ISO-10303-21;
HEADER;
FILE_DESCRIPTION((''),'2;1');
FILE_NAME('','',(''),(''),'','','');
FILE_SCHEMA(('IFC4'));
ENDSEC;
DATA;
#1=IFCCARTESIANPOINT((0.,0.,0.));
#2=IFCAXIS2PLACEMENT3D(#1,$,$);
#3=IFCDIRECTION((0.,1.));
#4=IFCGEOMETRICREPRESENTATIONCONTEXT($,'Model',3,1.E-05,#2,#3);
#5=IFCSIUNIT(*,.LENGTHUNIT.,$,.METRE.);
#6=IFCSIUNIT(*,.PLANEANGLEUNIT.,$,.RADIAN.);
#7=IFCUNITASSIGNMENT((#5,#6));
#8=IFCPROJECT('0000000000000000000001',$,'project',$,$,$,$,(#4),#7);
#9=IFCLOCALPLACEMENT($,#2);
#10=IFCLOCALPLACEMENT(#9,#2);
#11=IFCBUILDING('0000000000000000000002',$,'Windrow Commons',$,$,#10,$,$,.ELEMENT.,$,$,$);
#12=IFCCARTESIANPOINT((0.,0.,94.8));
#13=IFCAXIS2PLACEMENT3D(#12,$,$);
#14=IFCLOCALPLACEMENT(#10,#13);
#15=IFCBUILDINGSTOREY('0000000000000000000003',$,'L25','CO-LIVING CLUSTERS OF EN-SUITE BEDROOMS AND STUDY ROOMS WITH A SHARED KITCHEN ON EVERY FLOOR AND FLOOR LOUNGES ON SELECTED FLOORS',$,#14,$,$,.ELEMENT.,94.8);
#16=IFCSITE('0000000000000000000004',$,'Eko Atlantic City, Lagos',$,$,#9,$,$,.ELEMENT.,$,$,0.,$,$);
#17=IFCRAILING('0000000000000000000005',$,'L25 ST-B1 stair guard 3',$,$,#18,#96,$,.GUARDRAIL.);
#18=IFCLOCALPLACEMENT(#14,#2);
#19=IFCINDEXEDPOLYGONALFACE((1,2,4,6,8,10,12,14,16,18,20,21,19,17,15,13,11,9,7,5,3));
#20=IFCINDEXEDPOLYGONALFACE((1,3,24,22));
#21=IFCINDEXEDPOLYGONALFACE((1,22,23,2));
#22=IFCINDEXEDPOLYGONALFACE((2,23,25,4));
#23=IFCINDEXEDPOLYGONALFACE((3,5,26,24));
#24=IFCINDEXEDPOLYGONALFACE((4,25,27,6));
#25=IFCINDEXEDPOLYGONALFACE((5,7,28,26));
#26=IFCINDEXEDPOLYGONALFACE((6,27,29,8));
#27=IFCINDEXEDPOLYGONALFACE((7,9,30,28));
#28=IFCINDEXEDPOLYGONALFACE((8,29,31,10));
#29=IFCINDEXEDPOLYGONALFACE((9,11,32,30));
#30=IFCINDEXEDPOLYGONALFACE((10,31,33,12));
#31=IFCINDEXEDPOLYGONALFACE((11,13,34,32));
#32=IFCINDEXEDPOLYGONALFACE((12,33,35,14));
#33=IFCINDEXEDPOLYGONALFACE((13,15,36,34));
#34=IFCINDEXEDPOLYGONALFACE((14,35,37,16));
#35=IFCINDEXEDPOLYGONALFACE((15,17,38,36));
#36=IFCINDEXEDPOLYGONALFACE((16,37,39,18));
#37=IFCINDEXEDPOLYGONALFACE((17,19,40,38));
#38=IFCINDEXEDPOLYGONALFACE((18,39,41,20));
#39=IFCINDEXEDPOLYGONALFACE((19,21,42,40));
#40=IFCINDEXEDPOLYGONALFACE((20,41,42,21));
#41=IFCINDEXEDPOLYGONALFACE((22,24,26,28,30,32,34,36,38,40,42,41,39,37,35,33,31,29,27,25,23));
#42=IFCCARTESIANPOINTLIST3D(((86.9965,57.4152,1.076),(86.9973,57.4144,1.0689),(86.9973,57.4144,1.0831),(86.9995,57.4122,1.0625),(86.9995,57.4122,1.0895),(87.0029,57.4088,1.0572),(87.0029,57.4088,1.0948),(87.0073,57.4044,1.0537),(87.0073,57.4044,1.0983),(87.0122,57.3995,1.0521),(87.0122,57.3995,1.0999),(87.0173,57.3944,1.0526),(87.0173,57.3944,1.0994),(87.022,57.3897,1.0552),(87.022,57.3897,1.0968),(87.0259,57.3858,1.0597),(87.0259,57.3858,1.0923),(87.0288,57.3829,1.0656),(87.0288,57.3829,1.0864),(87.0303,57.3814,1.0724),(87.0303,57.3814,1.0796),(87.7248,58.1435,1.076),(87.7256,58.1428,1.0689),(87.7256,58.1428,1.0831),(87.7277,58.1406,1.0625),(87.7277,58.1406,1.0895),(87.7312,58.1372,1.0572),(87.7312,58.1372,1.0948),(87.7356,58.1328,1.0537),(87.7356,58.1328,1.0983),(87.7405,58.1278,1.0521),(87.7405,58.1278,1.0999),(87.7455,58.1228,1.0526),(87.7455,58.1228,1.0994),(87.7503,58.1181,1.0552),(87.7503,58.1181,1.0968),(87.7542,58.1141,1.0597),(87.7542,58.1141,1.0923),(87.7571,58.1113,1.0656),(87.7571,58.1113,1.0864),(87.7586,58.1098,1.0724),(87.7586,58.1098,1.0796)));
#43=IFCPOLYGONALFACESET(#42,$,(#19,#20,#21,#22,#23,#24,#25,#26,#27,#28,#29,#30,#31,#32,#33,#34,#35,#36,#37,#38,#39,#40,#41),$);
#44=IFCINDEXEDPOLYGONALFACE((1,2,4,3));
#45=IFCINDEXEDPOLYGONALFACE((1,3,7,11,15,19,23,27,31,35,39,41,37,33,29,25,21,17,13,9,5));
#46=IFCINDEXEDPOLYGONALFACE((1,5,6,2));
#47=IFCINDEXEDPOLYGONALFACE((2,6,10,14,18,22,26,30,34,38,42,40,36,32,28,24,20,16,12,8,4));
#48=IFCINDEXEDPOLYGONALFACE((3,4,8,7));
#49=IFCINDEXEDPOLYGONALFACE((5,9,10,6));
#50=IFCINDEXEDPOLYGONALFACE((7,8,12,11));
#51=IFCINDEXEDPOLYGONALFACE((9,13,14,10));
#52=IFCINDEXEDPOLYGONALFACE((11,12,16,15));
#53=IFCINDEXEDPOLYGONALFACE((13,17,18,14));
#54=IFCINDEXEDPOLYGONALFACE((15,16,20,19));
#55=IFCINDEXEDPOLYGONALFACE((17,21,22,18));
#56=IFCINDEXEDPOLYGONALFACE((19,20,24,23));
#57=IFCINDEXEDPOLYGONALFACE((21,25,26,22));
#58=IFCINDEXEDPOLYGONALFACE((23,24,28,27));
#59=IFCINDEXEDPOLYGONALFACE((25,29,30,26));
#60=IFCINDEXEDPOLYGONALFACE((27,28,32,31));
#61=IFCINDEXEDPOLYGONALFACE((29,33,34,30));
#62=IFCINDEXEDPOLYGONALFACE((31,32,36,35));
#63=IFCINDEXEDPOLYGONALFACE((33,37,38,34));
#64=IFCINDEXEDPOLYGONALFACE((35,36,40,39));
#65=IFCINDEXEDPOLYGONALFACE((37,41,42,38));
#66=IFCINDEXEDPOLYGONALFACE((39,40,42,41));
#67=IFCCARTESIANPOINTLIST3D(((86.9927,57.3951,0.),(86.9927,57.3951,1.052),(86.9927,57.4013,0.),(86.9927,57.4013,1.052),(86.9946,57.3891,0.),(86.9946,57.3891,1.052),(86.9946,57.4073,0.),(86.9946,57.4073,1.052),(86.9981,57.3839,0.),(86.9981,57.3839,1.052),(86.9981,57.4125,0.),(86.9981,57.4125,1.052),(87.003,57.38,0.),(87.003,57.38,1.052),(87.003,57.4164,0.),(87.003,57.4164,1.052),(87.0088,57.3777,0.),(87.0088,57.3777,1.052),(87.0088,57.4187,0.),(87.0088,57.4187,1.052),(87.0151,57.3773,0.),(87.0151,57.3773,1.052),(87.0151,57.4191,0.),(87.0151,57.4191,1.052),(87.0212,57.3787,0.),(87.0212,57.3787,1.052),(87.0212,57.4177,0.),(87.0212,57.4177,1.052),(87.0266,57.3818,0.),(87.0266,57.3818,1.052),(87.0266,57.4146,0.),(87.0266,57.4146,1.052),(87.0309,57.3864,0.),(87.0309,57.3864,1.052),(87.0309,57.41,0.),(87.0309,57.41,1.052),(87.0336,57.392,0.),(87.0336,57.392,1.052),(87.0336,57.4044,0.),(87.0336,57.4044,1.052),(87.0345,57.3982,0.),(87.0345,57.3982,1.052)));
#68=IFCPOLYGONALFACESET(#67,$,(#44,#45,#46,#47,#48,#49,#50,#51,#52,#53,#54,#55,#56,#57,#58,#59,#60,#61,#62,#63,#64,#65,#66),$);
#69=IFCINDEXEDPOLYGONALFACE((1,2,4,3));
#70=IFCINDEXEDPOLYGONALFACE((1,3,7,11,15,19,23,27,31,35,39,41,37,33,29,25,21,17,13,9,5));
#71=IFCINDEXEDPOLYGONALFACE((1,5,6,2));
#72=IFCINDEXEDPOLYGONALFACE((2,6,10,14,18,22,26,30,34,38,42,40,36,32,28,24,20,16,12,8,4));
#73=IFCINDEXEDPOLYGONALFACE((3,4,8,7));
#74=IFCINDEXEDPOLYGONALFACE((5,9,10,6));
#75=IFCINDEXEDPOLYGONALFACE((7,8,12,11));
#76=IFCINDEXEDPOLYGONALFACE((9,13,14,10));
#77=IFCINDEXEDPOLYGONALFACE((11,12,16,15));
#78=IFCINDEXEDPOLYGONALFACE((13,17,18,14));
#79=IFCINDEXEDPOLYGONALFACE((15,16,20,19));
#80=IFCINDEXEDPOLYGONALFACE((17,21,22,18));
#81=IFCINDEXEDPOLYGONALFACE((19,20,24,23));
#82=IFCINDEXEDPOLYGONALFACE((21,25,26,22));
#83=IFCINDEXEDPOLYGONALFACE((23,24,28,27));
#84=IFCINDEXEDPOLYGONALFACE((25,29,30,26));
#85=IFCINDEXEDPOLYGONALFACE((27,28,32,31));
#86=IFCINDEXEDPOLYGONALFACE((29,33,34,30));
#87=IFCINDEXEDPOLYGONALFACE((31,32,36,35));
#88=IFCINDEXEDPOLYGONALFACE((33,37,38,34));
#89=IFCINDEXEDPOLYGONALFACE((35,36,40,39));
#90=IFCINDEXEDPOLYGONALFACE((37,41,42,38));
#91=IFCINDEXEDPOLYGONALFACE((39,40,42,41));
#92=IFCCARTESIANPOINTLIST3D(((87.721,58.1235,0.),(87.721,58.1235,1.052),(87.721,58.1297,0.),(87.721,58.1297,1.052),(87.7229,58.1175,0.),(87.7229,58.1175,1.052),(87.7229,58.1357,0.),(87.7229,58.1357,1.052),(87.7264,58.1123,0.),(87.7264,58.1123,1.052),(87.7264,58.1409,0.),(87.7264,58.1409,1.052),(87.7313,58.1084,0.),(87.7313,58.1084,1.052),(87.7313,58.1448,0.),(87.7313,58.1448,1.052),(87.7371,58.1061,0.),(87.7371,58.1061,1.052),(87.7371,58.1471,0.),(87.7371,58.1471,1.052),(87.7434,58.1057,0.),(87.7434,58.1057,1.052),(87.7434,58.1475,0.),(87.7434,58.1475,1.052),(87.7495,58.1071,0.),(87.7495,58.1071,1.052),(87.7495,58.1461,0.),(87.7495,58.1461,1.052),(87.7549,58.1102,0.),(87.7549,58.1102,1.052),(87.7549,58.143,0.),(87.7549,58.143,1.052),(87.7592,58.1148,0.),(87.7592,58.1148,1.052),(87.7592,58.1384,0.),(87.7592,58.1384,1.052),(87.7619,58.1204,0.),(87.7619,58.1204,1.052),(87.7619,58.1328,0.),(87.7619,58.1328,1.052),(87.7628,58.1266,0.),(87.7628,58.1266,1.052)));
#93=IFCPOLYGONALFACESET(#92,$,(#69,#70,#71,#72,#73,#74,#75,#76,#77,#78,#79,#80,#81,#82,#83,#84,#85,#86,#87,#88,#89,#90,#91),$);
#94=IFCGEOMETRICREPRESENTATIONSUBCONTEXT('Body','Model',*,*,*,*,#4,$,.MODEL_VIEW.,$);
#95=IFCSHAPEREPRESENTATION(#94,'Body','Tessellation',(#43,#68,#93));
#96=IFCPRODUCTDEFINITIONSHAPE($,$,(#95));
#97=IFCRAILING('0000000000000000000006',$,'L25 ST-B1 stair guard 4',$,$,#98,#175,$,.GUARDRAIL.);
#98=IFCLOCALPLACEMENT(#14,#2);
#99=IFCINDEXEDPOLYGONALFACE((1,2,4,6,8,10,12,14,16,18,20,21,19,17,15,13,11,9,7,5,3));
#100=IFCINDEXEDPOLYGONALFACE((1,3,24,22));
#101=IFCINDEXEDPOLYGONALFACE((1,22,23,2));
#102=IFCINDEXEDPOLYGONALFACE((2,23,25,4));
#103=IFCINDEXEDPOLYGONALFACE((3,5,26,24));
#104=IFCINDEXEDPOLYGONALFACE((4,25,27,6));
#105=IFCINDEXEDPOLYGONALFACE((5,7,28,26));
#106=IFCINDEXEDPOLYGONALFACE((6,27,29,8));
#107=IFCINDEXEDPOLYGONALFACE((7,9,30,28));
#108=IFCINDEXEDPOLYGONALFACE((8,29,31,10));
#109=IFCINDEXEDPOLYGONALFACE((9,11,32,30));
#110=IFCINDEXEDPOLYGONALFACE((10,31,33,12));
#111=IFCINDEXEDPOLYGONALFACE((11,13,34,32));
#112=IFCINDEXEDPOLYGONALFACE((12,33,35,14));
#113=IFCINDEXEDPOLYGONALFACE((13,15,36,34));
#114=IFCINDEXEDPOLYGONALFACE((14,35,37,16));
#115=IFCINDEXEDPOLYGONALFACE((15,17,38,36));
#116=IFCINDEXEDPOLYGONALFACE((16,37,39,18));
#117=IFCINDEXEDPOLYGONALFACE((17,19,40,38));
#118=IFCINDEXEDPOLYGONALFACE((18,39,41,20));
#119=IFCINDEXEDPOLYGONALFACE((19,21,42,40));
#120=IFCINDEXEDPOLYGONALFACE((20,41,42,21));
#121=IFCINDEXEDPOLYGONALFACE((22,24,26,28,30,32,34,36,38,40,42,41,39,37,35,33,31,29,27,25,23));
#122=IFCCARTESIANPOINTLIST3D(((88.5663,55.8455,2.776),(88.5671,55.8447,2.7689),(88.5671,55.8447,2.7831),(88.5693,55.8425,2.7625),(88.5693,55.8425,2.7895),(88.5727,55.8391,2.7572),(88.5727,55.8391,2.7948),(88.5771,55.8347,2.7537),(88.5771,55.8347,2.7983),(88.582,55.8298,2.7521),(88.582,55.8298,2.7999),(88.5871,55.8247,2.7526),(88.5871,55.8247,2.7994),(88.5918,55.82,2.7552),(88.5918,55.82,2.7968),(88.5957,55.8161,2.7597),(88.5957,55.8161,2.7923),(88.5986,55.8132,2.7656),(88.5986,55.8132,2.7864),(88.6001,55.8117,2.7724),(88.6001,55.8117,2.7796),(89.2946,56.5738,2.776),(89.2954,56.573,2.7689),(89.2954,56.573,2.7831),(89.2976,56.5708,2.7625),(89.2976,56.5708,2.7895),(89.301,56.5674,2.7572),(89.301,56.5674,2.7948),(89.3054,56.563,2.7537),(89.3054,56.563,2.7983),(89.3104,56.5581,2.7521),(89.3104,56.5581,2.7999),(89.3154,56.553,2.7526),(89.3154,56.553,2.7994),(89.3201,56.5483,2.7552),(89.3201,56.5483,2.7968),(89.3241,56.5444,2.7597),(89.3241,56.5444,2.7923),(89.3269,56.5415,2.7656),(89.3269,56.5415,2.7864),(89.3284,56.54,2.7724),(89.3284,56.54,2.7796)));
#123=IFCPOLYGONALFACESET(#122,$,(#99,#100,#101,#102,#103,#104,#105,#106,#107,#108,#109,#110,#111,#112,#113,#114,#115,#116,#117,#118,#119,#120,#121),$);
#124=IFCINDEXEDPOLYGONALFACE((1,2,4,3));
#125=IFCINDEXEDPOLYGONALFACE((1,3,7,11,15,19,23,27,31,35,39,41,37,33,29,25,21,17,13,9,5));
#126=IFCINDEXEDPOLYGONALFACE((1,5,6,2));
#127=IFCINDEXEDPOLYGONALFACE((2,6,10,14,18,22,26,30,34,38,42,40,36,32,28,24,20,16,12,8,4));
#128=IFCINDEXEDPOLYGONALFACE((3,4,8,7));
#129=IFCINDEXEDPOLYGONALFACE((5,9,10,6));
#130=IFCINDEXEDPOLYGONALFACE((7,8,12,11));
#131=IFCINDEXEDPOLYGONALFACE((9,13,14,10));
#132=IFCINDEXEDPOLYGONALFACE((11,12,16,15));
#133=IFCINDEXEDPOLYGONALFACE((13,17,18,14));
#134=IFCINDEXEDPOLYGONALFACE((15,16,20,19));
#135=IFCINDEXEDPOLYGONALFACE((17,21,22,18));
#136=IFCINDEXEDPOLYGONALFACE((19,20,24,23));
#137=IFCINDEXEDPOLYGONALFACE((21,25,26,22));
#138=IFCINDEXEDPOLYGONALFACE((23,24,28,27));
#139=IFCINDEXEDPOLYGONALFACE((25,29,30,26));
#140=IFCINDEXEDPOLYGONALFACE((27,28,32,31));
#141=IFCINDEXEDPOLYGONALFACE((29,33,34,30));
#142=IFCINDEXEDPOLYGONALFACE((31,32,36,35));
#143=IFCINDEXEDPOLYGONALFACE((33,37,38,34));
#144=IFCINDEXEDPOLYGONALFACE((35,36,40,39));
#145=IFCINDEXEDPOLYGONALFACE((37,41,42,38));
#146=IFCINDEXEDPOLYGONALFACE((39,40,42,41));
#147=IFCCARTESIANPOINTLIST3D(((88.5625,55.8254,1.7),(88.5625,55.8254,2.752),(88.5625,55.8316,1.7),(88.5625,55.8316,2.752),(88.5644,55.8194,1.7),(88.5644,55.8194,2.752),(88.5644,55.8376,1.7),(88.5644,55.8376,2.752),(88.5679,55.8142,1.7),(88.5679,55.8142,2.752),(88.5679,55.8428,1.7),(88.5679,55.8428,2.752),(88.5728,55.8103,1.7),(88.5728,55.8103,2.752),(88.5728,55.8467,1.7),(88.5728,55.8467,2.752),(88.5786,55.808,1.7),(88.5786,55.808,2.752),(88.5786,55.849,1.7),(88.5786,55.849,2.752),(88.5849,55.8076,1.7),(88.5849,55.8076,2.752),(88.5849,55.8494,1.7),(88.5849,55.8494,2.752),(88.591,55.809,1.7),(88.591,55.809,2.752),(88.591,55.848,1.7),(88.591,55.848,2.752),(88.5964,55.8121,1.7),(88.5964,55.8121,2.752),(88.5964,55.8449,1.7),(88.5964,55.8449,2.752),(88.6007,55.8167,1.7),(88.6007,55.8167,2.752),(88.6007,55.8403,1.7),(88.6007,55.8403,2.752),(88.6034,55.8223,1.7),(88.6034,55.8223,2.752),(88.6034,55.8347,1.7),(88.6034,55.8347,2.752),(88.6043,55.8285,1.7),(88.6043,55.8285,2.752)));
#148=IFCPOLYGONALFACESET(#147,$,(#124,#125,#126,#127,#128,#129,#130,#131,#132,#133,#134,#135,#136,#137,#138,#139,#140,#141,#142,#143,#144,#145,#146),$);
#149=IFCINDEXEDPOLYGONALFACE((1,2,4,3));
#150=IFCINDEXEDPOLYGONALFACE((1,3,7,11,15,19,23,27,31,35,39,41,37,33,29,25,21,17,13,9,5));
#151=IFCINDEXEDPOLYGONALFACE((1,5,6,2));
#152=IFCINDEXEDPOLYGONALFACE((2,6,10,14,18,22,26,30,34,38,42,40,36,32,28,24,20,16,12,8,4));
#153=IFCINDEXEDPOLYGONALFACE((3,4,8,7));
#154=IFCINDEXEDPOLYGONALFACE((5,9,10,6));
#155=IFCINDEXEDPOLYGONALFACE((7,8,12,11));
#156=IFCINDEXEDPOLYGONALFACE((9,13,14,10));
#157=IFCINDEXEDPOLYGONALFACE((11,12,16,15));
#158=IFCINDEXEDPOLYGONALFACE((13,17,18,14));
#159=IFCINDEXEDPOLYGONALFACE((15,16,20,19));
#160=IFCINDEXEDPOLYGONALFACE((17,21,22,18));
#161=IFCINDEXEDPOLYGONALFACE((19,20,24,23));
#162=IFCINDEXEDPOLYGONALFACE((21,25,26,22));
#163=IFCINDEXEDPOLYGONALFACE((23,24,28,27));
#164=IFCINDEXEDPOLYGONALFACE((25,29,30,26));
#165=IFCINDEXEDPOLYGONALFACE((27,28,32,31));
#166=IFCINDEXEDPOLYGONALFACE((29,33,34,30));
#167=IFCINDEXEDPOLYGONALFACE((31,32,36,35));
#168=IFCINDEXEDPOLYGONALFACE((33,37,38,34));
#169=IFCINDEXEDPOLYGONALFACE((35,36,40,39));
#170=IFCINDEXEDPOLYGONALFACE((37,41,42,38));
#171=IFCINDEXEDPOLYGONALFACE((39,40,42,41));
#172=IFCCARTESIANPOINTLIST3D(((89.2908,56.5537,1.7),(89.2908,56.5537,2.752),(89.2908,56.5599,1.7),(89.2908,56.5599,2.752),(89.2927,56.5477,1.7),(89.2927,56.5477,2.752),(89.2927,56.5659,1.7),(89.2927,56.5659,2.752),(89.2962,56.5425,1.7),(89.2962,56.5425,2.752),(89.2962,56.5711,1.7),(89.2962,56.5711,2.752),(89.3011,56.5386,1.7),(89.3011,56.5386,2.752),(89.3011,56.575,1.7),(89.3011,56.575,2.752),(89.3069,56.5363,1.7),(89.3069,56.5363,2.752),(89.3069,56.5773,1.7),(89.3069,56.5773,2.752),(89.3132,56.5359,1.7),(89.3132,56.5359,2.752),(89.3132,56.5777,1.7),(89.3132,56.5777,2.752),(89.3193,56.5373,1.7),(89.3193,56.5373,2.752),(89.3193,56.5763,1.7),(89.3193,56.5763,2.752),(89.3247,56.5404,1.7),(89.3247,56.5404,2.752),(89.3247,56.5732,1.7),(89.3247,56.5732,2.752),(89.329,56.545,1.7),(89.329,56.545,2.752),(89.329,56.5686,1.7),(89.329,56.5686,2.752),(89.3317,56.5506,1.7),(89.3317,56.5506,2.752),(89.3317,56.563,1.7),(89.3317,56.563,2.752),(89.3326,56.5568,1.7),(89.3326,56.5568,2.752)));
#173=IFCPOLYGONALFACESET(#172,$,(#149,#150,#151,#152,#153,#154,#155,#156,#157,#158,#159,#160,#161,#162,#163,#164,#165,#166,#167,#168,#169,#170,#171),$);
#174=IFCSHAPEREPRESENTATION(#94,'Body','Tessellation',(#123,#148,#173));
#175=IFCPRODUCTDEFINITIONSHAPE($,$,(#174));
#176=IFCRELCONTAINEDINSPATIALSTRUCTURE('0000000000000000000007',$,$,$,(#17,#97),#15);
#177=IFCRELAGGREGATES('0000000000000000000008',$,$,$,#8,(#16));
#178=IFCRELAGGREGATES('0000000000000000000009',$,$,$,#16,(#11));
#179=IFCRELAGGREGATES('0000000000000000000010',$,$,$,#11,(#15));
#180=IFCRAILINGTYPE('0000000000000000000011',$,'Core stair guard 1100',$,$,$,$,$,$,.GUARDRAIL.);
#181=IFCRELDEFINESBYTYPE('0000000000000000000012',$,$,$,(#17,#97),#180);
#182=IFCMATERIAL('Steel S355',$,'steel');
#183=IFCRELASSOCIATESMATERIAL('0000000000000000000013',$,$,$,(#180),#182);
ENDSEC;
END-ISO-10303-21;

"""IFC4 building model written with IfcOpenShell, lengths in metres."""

from ifc_helpers import new_model, si_unit, direction, frame, origin, origin_2d, place, context, subcontext, project, spatial, circle, extrude, material, type_object, element, save


model = new_model("IFC4")

# Units and contexts
model_context = context("Model", 3, precision=1e-05, world=origin(), true_north=direction((0.0, 1.0)))
body_context = subcontext(model_context, "Body", "Model", "MODEL_VIEW")
ifc_project = project(units=[si_unit("LENGTHUNIT", "METRE"), si_unit("PLANEANGLEUNIT", "RADIAN")], contexts=[model_context])

# Site, building, storey
site_placement = place(None, origin())
site = spatial("IfcSite", under=ifc_project, at=site_placement, Name="Eko Atlantic City, Lagos", CompositionType="ELEMENT", RefElevation=0.0)
building_placement = place(site_placement, origin())
building = spatial("IfcBuilding", under=site, at=building_placement, Name="Windrow Commons", CompositionType="ELEMENT")
storey_placement = place(building_placement, frame((0.0, 0.0, 94.8)))
storey = spatial("IfcBuildingStorey", under=building, at=storey_placement, Name="L25", Description="CO-LIVING CLUSTERS OF EN-SUITE BEDROOMS AND STUDY ROOMS WITH A SHARED KITCHEN ON EVERY FLOOR AND FLOOR LOUNGES ON SELECTED FLOORS", CompositionType="ELEMENT", Elevation=94.8)

# Railings
ifc_material_1 = material(Name="Steel S355", Category="steel")
railing_type_1 = type_object("IfcRailingType", Name="Core stair guard 1100", PredefinedType="GUARDRAIL", material=ifc_material_1)
railing_1_placement = place(storey_placement, frame((87.0135, 57.3982, 0.0)))
element("IfcRailing", 1, at=railing_1_placement, inside=storey, type_object=railing_type_1, Name="L25 ST-B1 stair guard 3", PredefinedType="GUARDRAIL", context=body_context, shape_type="SweptSolid", body=[
    extrude(circle(Radius=0.024, at=origin_2d()), frame((0.0, 0.0, 1.076), z_axis=(0.707058, 0.707155, 0.0), x_axis=(-0.707155, 0.707058, 0.0)), (0.0, 0.0, 1.0), 1.03),
    extrude(circle(Radius=0.021, at=origin_2d()), origin(), (0.0, 0.0, 1.0), 1.052),
    extrude(circle(Radius=0.021, at=origin_2d()), frame((0.7283, 0.7284, 0.0)), (0.0, 0.0, 1.0), 1.052),
])
railing_2_placement = place(storey_placement, frame((88.5833, 55.8285, 1.7)))
element("IfcRailing", 2, at=railing_2_placement, inside=storey, type_object=railing_type_1, Name="L25 ST-B1 stair guard 4", PredefinedType="GUARDRAIL", context=body_context, shape_type="SweptSolid", body=[
    extrude(circle(Radius=0.024, at=origin_2d()), frame((0.0, 0.0, 1.076), z_axis=(0.707107, 0.707107, 0.0), x_axis=(-0.707107, 0.707107, 0.0)), (0.0, 0.0, 1.0), 1.03),
    extrude(circle(Radius=0.021, at=origin_2d()), origin(), (0.0, 0.0, 1.0), 1.052),
    extrude(circle(Radius=0.021, at=origin_2d()), frame((0.7283, 0.7283, 0.0)), (0.0, 0.0, 1.0), 1.052),
])

save(model, "model.ifc")
